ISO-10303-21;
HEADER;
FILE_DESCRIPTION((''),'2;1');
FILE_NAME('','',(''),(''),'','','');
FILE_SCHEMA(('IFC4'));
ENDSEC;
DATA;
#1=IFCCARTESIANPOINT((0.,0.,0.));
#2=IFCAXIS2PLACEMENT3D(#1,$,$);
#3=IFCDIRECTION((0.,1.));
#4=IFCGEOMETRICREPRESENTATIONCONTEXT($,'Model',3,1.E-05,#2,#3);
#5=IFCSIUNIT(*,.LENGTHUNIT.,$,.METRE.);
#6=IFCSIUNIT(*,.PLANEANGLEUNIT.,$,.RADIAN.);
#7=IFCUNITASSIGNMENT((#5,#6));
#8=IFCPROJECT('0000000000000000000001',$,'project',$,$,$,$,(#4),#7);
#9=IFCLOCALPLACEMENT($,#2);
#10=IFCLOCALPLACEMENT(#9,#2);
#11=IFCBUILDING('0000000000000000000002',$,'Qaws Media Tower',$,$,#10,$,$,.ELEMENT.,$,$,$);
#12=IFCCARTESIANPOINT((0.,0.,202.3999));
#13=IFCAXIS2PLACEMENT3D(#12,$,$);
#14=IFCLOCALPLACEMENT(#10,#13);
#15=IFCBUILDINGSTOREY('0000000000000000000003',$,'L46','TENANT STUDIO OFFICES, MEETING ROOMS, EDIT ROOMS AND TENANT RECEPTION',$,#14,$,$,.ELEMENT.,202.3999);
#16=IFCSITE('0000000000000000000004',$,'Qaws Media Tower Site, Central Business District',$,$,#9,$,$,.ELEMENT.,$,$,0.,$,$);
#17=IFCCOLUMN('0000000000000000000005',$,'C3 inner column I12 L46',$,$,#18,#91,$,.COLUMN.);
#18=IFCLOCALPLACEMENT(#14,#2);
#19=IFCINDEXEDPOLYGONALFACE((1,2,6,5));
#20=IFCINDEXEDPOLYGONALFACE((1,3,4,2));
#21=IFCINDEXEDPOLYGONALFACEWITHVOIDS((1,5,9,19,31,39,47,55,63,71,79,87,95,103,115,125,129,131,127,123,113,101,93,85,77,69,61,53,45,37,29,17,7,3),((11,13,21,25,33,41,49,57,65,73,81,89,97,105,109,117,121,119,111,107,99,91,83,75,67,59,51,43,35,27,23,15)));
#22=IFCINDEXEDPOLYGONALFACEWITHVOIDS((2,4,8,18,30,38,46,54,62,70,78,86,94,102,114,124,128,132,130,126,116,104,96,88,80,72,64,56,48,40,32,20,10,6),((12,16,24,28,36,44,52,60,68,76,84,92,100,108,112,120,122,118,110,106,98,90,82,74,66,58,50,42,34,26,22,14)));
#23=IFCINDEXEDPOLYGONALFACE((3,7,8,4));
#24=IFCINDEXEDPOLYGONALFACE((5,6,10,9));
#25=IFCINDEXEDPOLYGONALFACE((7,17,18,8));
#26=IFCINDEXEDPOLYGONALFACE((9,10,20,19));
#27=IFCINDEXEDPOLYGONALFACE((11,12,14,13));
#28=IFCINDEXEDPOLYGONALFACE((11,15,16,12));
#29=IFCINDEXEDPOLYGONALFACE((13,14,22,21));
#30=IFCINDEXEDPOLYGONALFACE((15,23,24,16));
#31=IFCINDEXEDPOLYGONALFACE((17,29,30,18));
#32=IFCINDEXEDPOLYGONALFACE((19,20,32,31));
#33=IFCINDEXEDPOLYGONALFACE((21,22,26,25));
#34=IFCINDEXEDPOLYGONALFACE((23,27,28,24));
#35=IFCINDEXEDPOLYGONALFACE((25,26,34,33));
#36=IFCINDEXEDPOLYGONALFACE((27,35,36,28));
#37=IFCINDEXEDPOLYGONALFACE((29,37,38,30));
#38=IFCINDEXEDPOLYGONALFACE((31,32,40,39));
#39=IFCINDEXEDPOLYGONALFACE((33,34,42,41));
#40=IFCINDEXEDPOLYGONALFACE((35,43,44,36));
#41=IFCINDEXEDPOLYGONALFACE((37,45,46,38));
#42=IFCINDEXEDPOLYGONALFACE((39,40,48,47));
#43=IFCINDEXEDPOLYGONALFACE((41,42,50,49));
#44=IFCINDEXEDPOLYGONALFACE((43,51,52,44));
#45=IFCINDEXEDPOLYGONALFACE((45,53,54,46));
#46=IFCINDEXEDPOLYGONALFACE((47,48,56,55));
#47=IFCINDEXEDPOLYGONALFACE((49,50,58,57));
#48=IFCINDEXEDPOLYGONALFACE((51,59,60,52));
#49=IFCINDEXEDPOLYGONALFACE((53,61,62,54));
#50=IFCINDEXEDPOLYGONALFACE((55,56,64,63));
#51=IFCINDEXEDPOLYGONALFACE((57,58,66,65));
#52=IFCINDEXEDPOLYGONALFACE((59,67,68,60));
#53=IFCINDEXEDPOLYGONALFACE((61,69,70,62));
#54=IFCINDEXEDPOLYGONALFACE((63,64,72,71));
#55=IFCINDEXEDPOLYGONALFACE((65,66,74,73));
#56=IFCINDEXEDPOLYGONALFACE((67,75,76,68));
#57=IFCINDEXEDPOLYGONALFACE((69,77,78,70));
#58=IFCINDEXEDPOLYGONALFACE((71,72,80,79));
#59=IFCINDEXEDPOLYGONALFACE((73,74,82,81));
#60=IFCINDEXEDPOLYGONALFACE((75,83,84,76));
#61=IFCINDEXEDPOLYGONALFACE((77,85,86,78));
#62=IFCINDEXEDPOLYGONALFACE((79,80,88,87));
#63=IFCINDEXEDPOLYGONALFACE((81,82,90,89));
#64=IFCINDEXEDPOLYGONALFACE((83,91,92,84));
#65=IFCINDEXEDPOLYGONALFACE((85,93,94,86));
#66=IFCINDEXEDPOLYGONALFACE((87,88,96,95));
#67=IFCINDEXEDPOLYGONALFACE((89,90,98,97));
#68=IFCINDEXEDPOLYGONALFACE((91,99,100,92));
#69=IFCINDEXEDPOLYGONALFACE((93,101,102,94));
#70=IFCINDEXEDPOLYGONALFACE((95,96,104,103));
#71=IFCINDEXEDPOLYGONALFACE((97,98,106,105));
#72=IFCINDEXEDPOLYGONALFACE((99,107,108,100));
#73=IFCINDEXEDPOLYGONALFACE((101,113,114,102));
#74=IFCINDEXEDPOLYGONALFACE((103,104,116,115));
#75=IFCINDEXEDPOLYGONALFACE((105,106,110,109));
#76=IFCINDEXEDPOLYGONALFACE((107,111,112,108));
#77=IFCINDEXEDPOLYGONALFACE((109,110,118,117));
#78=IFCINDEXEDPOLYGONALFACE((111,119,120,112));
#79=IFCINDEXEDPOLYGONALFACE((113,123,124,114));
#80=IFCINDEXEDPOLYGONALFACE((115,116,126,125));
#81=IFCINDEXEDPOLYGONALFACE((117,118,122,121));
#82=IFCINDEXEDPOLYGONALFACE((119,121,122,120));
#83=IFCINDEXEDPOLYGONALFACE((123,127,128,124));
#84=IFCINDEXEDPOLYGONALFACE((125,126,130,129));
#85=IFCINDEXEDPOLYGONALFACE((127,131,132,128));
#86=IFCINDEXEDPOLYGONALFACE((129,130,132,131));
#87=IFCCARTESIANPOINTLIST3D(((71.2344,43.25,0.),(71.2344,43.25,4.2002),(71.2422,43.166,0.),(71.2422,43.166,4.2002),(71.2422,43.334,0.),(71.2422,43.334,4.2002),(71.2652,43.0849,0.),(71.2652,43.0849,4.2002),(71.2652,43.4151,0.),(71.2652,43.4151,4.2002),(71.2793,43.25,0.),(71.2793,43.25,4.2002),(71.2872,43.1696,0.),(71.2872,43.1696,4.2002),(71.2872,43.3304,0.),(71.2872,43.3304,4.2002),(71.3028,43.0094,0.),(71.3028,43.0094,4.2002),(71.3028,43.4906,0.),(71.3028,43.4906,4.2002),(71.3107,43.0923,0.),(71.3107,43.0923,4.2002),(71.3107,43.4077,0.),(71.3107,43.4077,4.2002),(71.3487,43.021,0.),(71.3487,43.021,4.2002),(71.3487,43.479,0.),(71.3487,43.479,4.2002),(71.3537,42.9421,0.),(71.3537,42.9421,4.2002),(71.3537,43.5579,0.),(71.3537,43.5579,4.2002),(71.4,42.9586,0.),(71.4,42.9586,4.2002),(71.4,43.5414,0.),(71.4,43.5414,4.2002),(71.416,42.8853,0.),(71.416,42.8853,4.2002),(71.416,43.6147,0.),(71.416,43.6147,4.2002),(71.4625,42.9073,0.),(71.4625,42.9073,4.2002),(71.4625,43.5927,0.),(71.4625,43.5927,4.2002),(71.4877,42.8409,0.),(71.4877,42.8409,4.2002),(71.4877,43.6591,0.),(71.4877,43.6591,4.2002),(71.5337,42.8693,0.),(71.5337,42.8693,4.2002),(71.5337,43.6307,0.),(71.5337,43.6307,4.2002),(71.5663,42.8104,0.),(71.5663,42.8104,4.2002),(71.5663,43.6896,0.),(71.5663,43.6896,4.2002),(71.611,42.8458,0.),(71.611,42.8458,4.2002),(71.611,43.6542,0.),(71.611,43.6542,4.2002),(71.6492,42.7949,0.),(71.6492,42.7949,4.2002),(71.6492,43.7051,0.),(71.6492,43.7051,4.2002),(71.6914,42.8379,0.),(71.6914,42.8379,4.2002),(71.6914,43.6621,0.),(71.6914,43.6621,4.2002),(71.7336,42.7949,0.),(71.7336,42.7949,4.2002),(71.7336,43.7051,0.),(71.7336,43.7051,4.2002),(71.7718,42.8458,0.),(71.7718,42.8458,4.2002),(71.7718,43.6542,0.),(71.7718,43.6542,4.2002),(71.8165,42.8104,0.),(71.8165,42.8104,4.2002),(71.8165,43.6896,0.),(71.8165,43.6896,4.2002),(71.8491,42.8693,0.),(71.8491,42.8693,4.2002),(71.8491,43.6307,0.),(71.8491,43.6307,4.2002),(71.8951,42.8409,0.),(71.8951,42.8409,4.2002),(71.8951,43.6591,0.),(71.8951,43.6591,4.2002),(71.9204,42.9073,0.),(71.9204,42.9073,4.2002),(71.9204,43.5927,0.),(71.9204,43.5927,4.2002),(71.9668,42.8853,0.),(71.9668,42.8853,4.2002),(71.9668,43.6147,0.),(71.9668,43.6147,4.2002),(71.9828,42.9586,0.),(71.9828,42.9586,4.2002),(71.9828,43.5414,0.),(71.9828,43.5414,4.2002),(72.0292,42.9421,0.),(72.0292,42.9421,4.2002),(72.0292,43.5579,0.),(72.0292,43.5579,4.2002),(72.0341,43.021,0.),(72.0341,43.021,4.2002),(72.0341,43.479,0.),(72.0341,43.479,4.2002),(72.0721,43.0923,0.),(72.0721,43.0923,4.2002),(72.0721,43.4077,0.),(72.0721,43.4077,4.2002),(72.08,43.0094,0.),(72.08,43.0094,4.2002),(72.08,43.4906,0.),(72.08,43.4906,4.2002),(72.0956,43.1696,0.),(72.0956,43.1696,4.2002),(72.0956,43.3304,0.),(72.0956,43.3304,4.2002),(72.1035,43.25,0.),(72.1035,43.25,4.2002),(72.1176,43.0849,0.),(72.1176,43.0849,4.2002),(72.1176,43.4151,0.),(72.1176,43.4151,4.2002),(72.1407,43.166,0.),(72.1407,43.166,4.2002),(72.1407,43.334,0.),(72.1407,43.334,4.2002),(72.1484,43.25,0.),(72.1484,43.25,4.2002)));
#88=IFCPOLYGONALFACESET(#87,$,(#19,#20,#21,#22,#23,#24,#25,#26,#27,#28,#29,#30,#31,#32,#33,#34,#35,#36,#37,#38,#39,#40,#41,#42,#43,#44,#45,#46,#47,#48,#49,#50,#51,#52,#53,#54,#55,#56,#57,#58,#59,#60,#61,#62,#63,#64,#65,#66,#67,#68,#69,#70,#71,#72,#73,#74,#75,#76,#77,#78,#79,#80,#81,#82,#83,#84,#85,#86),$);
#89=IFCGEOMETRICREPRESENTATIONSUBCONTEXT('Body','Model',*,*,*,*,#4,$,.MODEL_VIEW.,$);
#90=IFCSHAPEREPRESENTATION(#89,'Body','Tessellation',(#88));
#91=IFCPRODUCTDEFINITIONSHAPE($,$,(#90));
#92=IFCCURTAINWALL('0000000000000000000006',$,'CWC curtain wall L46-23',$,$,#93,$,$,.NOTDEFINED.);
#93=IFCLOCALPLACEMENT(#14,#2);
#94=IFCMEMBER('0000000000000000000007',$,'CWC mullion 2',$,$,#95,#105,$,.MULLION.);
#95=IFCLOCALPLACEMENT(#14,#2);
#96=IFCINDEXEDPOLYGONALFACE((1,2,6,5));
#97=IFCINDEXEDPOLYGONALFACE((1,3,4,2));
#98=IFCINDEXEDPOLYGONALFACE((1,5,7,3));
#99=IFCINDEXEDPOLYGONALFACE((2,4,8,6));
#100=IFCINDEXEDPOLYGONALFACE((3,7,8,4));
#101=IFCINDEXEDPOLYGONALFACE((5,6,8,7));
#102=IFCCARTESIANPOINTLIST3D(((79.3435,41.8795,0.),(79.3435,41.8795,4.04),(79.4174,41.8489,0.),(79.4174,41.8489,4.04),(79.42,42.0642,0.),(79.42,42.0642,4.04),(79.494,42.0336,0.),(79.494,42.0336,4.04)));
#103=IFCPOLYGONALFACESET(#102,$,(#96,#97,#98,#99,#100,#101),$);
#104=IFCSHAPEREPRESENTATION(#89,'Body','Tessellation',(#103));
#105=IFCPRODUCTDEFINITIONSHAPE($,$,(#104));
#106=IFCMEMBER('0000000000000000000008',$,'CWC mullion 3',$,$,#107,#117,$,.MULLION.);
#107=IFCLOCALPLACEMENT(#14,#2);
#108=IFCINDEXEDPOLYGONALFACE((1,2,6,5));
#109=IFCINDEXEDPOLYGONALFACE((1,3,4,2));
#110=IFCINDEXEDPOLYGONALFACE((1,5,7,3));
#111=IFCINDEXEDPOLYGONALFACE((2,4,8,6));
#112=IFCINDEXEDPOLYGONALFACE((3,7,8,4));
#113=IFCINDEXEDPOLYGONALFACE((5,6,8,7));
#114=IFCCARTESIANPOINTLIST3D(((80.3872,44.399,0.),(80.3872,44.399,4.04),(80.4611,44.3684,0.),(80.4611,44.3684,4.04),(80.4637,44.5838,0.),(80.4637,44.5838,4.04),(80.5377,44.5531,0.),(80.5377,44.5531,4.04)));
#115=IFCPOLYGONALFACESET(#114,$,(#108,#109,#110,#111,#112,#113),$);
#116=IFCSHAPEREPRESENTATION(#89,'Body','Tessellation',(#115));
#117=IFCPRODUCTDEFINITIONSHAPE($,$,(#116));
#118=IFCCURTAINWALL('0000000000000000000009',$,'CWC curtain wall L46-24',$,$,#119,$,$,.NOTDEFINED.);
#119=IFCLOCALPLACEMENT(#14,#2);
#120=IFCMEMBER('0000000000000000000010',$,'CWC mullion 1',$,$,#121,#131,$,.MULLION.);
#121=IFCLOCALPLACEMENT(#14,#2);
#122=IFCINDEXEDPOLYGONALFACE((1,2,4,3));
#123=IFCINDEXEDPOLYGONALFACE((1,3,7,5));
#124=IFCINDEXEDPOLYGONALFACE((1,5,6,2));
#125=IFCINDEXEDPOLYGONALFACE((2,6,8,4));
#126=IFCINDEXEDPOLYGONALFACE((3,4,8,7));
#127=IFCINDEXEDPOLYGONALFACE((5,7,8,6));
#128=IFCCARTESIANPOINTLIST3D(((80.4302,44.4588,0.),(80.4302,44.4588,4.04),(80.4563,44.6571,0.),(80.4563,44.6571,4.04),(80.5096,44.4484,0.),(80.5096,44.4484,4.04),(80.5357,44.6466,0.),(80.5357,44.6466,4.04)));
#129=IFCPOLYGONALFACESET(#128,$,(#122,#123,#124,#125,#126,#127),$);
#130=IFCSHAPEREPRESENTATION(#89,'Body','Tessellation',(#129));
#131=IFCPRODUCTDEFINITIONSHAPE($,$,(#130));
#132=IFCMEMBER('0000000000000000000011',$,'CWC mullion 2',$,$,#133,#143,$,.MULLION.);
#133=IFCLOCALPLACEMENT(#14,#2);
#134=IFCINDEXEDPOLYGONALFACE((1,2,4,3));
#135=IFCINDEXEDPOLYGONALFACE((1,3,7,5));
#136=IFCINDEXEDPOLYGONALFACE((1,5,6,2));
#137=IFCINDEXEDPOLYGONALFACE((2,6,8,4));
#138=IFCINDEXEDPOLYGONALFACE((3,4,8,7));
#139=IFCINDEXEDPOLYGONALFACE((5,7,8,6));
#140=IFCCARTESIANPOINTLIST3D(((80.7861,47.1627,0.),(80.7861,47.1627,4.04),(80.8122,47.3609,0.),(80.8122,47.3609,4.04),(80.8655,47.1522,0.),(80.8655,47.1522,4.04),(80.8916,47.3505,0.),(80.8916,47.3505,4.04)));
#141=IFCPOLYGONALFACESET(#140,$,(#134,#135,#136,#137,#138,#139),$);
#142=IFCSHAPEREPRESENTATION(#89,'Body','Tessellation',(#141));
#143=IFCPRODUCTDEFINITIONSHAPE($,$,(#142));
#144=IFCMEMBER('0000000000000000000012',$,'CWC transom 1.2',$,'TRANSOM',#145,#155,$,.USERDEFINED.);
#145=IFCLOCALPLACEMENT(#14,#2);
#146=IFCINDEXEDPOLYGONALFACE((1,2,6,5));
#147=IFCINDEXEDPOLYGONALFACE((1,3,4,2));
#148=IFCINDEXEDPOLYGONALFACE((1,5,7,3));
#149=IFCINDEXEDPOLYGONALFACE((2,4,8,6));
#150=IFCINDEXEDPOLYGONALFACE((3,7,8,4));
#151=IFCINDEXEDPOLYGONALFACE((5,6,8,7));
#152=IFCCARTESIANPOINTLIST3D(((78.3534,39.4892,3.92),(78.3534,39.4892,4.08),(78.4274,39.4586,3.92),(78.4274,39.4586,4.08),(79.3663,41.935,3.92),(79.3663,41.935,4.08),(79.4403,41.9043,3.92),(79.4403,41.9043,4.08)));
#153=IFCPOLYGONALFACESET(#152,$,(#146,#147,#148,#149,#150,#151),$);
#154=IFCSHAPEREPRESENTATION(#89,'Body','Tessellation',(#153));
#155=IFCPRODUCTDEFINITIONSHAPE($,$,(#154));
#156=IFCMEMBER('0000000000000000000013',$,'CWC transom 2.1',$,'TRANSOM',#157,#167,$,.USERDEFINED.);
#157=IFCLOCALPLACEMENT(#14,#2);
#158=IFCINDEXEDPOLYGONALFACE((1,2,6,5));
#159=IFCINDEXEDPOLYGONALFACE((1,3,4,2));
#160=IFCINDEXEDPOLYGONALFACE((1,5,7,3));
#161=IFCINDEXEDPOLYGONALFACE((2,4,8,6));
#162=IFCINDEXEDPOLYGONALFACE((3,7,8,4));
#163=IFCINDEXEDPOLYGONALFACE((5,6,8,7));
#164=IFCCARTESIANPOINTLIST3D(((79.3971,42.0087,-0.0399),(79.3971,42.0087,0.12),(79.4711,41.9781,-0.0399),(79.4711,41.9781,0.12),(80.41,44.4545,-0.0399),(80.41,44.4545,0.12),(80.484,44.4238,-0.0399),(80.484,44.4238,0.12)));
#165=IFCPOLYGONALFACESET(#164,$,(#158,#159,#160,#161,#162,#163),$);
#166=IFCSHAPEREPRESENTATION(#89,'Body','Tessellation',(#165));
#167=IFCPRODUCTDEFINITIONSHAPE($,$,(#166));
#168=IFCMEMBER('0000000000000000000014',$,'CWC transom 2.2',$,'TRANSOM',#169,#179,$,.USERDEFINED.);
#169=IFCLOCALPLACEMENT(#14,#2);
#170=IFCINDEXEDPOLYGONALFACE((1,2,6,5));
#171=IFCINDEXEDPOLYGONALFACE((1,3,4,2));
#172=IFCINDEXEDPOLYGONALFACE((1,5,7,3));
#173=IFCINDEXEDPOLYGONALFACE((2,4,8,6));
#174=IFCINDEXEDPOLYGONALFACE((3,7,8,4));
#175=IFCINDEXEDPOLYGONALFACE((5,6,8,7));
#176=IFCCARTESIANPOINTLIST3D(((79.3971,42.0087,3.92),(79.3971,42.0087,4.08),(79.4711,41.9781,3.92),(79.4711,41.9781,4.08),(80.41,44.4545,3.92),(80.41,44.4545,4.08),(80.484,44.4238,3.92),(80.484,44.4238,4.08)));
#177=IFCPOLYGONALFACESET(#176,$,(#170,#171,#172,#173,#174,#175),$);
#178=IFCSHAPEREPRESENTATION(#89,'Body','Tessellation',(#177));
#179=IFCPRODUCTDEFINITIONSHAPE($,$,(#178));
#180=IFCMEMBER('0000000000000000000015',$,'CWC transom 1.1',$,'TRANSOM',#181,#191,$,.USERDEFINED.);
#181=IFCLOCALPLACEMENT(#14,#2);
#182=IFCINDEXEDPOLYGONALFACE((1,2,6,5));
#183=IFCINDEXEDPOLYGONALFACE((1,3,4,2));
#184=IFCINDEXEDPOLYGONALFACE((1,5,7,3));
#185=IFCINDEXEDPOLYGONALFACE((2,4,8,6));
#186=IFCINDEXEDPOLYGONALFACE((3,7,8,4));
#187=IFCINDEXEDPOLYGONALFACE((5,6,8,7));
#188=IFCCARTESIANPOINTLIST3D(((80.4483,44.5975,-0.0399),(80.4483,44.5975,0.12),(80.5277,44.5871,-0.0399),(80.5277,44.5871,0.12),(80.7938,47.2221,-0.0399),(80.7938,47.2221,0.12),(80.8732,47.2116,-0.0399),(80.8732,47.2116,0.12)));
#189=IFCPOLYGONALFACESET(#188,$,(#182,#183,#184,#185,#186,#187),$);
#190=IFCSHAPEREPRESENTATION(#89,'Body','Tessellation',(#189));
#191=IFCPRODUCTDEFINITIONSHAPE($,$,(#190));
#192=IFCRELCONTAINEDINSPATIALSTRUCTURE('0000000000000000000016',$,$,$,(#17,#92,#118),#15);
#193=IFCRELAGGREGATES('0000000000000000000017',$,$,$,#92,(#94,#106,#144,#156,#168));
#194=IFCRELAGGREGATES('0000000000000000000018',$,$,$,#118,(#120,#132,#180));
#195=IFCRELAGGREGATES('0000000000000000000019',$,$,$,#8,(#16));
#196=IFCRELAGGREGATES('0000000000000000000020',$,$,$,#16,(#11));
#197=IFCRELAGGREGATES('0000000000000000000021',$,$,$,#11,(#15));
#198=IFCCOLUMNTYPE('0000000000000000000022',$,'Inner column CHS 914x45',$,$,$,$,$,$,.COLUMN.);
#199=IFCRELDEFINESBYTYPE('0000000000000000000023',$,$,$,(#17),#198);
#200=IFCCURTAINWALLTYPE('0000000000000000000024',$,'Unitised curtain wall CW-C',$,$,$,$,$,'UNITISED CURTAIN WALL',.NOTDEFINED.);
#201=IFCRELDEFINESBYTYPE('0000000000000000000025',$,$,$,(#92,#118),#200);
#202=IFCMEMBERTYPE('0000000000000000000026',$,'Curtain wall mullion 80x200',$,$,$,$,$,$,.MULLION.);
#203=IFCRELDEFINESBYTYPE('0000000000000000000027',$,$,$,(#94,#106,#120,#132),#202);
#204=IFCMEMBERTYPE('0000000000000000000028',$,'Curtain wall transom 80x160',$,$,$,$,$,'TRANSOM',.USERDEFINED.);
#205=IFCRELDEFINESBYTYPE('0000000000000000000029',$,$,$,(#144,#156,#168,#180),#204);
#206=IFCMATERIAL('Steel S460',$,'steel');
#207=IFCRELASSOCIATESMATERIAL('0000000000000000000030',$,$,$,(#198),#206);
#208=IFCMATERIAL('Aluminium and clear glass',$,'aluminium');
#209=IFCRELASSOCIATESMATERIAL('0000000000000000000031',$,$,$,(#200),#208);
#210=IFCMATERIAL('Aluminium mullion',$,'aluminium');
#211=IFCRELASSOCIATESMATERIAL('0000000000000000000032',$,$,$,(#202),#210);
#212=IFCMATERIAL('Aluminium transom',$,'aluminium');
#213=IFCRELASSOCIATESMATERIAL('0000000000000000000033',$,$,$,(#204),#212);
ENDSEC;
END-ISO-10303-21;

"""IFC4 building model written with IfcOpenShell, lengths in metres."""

from ifc_helpers import new_model, si_unit, direction, frame, origin, origin_2d, place, context, subcontext, project, spatial, rectangle, hollow_circle, extrude, material, material_profile, profile_set, type_object, element, aggregate, save


model = new_model("IFC4")

# Units and contexts
model_context = context("Model", 3, precision=1e-05, world=origin(), true_north=direction((0.0, 1.0)))
body_context = subcontext(model_context, "Body", "Model", "MODEL_VIEW")
ifc_project = project(units=[si_unit("LENGTHUNIT", "METRE"), si_unit("PLANEANGLEUNIT", "RADIAN")], contexts=[model_context])

# Site, building, storey
site_placement = place(None, origin())
site = spatial("IfcSite", under=ifc_project, at=site_placement, Name="Qaws Media Tower Site, Central Business District", CompositionType="ELEMENT", RefElevation=0.0)
building_placement = place(site_placement, origin())
building = spatial("IfcBuilding", under=site, at=building_placement, Name="Qaws Media Tower", CompositionType="ELEMENT")
storey_placement = place(building_placement, frame((0.0, 0.0, 202.3999)))
storey = spatial("IfcBuildingStorey", under=building, at=storey_placement, Name="L46", Description="TENANT STUDIO OFFICES, MEETING ROOMS, EDIT ROOMS AND TENANT RECEPTION", CompositionType="ELEMENT", Elevation=202.3999)

# Column
ifc_material_1 = material(Name="Steel S460", Category="steel")
ifc_material_profile_1 = material_profile(ifc_material_1, hollow_circle(Radius=0.457, WallThickness=0.0449, at=origin_2d()), Name="CHS 914x45")
ifc_profile_set_1 = profile_set([ifc_material_profile_1], Name="Steel S460")
column_type = type_object("IfcColumnType", Name="Inner column CHS 914x45", PredefinedType="COLUMN", material=ifc_profile_set_1)
column_placement = place(storey_placement, frame((71.6914, 43.25, 0.0), z_axis=(0.0, 0.0, 1.0), x_axis=(1.0, 0.0, 0.0)))
element("IfcColumn", 1, at=column_placement, inside=storey, type_object=column_type, Name="C3 inner column I12 L46", PredefinedType="COLUMN", context=body_context, shape_type="SweptSolid", body=[
    extrude(hollow_circle(Radius=0.457, WallThickness=0.0449, at=origin_2d()), origin(), (0.0, 0.0, 1.0), 4.2002),
])

# Curtain walls, members
ifc_material_2 = material(Name="Aluminium and clear glass", Category="aluminium")
curtain_wall_type = type_object("IfcCurtainWallType", Name="Unitised curtain wall CW-C", ElementType="UNITISED CURTAIN WALL", PredefinedType="NOTDEFINED", material=ifc_material_2)
curtain_wall_1_placement = place(storey_placement, origin())
curtain_wall_1 = element("IfcCurtainWall", 2, at=curtain_wall_1_placement, inside=storey, type_object=curtain_wall_type, Name="CWC curtain wall L46-23", PredefinedType="NOTDEFINED")
ifc_material_3 = material(Name="Aluminium mullion", Category="aluminium")
ifc_material_profile_2 = material_profile(ifc_material_3, rectangle(XDim=0.0801, YDim=0.2, at=origin_2d()), Name="80x200")
ifc_profile_set_2 = profile_set([ifc_material_profile_2], Name="Aluminium mullion")
member_type_1 = type_object("IfcMemberType", Name="Curtain wall mullion 80x200", PredefinedType="MULLION", material=ifc_profile_set_2)
member_1_placement = place(storey_placement, frame((79.4187, 41.9565, 0.0), z_axis=(0.0, 0.0, 1.0), x_axis=(-0.92388, 0.382683, 0.0)))
member_1 = element("IfcMember", 3, at=member_1_placement, type_object=member_type_1, Name="CWC mullion 2", PredefinedType="MULLION", context=body_context, shape_type="SweptSolid", body=[
    extrude(rectangle(XDim=0.0801, YDim=0.2, at=origin_2d()), origin(), (0.0, 0.0, 1.0), 4.04),
])
member_2_placement = place(storey_placement, frame((80.4624, 44.4761, 0.0), z_axis=(0.0, 0.0, 1.0), x_axis=(-0.92388, 0.382683, 0.0)))
member_2 = element("IfcMember", 4, at=member_2_placement, type_object=member_type_1, Name="CWC mullion 3", PredefinedType="MULLION", context=body_context, shape_type="SweptSolid", body=[
    extrude(rectangle(XDim=0.0801, YDim=0.2, at=origin_2d()), origin(), (0.0, 0.0, 1.0), 4.04),
])
curtain_wall_2_placement = place(storey_placement, origin())
curtain_wall_2 = element("IfcCurtainWall", 5, at=curtain_wall_2_placement, inside=storey, type_object=curtain_wall_type, Name="CWC curtain wall L46-24", PredefinedType="NOTDEFINED")
member_3_placement = place(storey_placement, frame((80.4829, 44.5527, 0.0), z_axis=(0.0, 0.0, 1.0), x_axis=(-0.991445, 0.130526, 0.0)))
member_3 = element("IfcMember", 6, at=member_3_placement, type_object=member_type_1, Name="CWC mullion 1", PredefinedType="MULLION", context=body_context, shape_type="SweptSolid", body=[
    extrude(rectangle(XDim=0.0801, YDim=0.2, at=origin_2d()), origin(), (0.0, 0.0, 1.0), 4.04),
])
member_4_placement = place(storey_placement, frame((80.8389, 47.2566, 0.0), z_axis=(0.0, 0.0, 1.0), x_axis=(-0.991445, 0.130526, 0.0)))
member_4 = element("IfcMember", 7, at=member_4_placement, type_object=member_type_1, Name="CWC mullion 2", PredefinedType="MULLION", context=body_context, shape_type="SweptSolid", body=[
    extrude(rectangle(XDim=0.0801, YDim=0.2, at=origin_2d()), origin(), (0.0, 0.0, 1.0), 4.04),
])

# Members
ifc_material_4 = material(Name="Aluminium transom", Category="aluminium")
ifc_material_profile_3 = material_profile(ifc_material_4, rectangle(XDim=0.0801, YDim=0.1599, at=origin_2d()), Name="80x160")
ifc_profile_set_3 = profile_set([ifc_material_profile_3], Name="Aluminium transom")
member_type_2 = type_object("IfcMemberType", Name="Curtain wall transom 80x160", ElementType="TRANSOM", PredefinedType="USERDEFINED", material=ifc_profile_set_3)
member_5_placement = place(storey_placement, frame((78.3904, 39.4739, 4.0), z_axis=(0.382637, 0.923899, 0.0), x_axis=(-0.923899, 0.382637, 0.0)))
member_5 = element("IfcMember", 8, at=member_5_placement, type_object=member_type_2, Name="CWC transom 1.2", ObjectType="TRANSOM", PredefinedType="USERDEFINED", context=body_context, shape_type="SweptSolid", body=[
    extrude(rectangle(XDim=0.0801, YDim=0.1599, at=origin_2d()), origin(), (0.0, 0.0, 1.0), 2.6472),
])
member_6_placement = place(storey_placement, frame((79.4341, 41.9934, 0.04), z_axis=(0.382637, 0.923899, 0.0), x_axis=(-0.923899, 0.382637, 0.0)))
member_6 = element("IfcMember", 9, at=member_6_placement, type_object=member_type_2, Name="CWC transom 2.1", ObjectType="TRANSOM", PredefinedType="USERDEFINED", context=body_context, shape_type="SweptSolid", body=[
    extrude(rectangle(XDim=0.0801, YDim=0.1599, at=origin_2d()), origin(), (0.0, 0.0, 1.0), 2.6472),
])
member_7_placement = place(storey_placement, frame((79.4341, 41.9934, 4.0), z_axis=(0.382637, 0.923899, 0.0), x_axis=(-0.923899, 0.382637, 0.0)))
member_7 = element("IfcMember", 10, at=member_7_placement, type_object=member_type_2, Name="CWC transom 2.2", ObjectType="TRANSOM", PredefinedType="USERDEFINED", context=body_context, shape_type="SweptSolid", body=[
    extrude(rectangle(XDim=0.0801, YDim=0.1599, at=origin_2d()), origin(), (0.0, 0.0, 1.0), 2.6472),
])
member_8_placement = place(storey_placement, frame((80.488, 44.5923, 0.04), z_axis=(0.130502, 0.991448, 0.0), x_axis=(-0.991448, 0.130502, 0.0)))
member_8 = element("IfcMember", 11, at=member_8_placement, type_object=member_type_2, Name="CWC transom 1.1", ObjectType="TRANSOM", PredefinedType="USERDEFINED", context=body_context, shape_type="SweptSolid", body=[
    extrude(rectangle(XDim=0.0801, YDim=0.1599, at=origin_2d()), origin(), (0.0, 0.0, 1.0), 2.6472),
])

aggregate(curtain_wall_1, [member_1, member_2, member_5, member_6, member_7])
aggregate(curtain_wall_2, [member_3, member_4, member_8])

save(model, "model.ifc")
